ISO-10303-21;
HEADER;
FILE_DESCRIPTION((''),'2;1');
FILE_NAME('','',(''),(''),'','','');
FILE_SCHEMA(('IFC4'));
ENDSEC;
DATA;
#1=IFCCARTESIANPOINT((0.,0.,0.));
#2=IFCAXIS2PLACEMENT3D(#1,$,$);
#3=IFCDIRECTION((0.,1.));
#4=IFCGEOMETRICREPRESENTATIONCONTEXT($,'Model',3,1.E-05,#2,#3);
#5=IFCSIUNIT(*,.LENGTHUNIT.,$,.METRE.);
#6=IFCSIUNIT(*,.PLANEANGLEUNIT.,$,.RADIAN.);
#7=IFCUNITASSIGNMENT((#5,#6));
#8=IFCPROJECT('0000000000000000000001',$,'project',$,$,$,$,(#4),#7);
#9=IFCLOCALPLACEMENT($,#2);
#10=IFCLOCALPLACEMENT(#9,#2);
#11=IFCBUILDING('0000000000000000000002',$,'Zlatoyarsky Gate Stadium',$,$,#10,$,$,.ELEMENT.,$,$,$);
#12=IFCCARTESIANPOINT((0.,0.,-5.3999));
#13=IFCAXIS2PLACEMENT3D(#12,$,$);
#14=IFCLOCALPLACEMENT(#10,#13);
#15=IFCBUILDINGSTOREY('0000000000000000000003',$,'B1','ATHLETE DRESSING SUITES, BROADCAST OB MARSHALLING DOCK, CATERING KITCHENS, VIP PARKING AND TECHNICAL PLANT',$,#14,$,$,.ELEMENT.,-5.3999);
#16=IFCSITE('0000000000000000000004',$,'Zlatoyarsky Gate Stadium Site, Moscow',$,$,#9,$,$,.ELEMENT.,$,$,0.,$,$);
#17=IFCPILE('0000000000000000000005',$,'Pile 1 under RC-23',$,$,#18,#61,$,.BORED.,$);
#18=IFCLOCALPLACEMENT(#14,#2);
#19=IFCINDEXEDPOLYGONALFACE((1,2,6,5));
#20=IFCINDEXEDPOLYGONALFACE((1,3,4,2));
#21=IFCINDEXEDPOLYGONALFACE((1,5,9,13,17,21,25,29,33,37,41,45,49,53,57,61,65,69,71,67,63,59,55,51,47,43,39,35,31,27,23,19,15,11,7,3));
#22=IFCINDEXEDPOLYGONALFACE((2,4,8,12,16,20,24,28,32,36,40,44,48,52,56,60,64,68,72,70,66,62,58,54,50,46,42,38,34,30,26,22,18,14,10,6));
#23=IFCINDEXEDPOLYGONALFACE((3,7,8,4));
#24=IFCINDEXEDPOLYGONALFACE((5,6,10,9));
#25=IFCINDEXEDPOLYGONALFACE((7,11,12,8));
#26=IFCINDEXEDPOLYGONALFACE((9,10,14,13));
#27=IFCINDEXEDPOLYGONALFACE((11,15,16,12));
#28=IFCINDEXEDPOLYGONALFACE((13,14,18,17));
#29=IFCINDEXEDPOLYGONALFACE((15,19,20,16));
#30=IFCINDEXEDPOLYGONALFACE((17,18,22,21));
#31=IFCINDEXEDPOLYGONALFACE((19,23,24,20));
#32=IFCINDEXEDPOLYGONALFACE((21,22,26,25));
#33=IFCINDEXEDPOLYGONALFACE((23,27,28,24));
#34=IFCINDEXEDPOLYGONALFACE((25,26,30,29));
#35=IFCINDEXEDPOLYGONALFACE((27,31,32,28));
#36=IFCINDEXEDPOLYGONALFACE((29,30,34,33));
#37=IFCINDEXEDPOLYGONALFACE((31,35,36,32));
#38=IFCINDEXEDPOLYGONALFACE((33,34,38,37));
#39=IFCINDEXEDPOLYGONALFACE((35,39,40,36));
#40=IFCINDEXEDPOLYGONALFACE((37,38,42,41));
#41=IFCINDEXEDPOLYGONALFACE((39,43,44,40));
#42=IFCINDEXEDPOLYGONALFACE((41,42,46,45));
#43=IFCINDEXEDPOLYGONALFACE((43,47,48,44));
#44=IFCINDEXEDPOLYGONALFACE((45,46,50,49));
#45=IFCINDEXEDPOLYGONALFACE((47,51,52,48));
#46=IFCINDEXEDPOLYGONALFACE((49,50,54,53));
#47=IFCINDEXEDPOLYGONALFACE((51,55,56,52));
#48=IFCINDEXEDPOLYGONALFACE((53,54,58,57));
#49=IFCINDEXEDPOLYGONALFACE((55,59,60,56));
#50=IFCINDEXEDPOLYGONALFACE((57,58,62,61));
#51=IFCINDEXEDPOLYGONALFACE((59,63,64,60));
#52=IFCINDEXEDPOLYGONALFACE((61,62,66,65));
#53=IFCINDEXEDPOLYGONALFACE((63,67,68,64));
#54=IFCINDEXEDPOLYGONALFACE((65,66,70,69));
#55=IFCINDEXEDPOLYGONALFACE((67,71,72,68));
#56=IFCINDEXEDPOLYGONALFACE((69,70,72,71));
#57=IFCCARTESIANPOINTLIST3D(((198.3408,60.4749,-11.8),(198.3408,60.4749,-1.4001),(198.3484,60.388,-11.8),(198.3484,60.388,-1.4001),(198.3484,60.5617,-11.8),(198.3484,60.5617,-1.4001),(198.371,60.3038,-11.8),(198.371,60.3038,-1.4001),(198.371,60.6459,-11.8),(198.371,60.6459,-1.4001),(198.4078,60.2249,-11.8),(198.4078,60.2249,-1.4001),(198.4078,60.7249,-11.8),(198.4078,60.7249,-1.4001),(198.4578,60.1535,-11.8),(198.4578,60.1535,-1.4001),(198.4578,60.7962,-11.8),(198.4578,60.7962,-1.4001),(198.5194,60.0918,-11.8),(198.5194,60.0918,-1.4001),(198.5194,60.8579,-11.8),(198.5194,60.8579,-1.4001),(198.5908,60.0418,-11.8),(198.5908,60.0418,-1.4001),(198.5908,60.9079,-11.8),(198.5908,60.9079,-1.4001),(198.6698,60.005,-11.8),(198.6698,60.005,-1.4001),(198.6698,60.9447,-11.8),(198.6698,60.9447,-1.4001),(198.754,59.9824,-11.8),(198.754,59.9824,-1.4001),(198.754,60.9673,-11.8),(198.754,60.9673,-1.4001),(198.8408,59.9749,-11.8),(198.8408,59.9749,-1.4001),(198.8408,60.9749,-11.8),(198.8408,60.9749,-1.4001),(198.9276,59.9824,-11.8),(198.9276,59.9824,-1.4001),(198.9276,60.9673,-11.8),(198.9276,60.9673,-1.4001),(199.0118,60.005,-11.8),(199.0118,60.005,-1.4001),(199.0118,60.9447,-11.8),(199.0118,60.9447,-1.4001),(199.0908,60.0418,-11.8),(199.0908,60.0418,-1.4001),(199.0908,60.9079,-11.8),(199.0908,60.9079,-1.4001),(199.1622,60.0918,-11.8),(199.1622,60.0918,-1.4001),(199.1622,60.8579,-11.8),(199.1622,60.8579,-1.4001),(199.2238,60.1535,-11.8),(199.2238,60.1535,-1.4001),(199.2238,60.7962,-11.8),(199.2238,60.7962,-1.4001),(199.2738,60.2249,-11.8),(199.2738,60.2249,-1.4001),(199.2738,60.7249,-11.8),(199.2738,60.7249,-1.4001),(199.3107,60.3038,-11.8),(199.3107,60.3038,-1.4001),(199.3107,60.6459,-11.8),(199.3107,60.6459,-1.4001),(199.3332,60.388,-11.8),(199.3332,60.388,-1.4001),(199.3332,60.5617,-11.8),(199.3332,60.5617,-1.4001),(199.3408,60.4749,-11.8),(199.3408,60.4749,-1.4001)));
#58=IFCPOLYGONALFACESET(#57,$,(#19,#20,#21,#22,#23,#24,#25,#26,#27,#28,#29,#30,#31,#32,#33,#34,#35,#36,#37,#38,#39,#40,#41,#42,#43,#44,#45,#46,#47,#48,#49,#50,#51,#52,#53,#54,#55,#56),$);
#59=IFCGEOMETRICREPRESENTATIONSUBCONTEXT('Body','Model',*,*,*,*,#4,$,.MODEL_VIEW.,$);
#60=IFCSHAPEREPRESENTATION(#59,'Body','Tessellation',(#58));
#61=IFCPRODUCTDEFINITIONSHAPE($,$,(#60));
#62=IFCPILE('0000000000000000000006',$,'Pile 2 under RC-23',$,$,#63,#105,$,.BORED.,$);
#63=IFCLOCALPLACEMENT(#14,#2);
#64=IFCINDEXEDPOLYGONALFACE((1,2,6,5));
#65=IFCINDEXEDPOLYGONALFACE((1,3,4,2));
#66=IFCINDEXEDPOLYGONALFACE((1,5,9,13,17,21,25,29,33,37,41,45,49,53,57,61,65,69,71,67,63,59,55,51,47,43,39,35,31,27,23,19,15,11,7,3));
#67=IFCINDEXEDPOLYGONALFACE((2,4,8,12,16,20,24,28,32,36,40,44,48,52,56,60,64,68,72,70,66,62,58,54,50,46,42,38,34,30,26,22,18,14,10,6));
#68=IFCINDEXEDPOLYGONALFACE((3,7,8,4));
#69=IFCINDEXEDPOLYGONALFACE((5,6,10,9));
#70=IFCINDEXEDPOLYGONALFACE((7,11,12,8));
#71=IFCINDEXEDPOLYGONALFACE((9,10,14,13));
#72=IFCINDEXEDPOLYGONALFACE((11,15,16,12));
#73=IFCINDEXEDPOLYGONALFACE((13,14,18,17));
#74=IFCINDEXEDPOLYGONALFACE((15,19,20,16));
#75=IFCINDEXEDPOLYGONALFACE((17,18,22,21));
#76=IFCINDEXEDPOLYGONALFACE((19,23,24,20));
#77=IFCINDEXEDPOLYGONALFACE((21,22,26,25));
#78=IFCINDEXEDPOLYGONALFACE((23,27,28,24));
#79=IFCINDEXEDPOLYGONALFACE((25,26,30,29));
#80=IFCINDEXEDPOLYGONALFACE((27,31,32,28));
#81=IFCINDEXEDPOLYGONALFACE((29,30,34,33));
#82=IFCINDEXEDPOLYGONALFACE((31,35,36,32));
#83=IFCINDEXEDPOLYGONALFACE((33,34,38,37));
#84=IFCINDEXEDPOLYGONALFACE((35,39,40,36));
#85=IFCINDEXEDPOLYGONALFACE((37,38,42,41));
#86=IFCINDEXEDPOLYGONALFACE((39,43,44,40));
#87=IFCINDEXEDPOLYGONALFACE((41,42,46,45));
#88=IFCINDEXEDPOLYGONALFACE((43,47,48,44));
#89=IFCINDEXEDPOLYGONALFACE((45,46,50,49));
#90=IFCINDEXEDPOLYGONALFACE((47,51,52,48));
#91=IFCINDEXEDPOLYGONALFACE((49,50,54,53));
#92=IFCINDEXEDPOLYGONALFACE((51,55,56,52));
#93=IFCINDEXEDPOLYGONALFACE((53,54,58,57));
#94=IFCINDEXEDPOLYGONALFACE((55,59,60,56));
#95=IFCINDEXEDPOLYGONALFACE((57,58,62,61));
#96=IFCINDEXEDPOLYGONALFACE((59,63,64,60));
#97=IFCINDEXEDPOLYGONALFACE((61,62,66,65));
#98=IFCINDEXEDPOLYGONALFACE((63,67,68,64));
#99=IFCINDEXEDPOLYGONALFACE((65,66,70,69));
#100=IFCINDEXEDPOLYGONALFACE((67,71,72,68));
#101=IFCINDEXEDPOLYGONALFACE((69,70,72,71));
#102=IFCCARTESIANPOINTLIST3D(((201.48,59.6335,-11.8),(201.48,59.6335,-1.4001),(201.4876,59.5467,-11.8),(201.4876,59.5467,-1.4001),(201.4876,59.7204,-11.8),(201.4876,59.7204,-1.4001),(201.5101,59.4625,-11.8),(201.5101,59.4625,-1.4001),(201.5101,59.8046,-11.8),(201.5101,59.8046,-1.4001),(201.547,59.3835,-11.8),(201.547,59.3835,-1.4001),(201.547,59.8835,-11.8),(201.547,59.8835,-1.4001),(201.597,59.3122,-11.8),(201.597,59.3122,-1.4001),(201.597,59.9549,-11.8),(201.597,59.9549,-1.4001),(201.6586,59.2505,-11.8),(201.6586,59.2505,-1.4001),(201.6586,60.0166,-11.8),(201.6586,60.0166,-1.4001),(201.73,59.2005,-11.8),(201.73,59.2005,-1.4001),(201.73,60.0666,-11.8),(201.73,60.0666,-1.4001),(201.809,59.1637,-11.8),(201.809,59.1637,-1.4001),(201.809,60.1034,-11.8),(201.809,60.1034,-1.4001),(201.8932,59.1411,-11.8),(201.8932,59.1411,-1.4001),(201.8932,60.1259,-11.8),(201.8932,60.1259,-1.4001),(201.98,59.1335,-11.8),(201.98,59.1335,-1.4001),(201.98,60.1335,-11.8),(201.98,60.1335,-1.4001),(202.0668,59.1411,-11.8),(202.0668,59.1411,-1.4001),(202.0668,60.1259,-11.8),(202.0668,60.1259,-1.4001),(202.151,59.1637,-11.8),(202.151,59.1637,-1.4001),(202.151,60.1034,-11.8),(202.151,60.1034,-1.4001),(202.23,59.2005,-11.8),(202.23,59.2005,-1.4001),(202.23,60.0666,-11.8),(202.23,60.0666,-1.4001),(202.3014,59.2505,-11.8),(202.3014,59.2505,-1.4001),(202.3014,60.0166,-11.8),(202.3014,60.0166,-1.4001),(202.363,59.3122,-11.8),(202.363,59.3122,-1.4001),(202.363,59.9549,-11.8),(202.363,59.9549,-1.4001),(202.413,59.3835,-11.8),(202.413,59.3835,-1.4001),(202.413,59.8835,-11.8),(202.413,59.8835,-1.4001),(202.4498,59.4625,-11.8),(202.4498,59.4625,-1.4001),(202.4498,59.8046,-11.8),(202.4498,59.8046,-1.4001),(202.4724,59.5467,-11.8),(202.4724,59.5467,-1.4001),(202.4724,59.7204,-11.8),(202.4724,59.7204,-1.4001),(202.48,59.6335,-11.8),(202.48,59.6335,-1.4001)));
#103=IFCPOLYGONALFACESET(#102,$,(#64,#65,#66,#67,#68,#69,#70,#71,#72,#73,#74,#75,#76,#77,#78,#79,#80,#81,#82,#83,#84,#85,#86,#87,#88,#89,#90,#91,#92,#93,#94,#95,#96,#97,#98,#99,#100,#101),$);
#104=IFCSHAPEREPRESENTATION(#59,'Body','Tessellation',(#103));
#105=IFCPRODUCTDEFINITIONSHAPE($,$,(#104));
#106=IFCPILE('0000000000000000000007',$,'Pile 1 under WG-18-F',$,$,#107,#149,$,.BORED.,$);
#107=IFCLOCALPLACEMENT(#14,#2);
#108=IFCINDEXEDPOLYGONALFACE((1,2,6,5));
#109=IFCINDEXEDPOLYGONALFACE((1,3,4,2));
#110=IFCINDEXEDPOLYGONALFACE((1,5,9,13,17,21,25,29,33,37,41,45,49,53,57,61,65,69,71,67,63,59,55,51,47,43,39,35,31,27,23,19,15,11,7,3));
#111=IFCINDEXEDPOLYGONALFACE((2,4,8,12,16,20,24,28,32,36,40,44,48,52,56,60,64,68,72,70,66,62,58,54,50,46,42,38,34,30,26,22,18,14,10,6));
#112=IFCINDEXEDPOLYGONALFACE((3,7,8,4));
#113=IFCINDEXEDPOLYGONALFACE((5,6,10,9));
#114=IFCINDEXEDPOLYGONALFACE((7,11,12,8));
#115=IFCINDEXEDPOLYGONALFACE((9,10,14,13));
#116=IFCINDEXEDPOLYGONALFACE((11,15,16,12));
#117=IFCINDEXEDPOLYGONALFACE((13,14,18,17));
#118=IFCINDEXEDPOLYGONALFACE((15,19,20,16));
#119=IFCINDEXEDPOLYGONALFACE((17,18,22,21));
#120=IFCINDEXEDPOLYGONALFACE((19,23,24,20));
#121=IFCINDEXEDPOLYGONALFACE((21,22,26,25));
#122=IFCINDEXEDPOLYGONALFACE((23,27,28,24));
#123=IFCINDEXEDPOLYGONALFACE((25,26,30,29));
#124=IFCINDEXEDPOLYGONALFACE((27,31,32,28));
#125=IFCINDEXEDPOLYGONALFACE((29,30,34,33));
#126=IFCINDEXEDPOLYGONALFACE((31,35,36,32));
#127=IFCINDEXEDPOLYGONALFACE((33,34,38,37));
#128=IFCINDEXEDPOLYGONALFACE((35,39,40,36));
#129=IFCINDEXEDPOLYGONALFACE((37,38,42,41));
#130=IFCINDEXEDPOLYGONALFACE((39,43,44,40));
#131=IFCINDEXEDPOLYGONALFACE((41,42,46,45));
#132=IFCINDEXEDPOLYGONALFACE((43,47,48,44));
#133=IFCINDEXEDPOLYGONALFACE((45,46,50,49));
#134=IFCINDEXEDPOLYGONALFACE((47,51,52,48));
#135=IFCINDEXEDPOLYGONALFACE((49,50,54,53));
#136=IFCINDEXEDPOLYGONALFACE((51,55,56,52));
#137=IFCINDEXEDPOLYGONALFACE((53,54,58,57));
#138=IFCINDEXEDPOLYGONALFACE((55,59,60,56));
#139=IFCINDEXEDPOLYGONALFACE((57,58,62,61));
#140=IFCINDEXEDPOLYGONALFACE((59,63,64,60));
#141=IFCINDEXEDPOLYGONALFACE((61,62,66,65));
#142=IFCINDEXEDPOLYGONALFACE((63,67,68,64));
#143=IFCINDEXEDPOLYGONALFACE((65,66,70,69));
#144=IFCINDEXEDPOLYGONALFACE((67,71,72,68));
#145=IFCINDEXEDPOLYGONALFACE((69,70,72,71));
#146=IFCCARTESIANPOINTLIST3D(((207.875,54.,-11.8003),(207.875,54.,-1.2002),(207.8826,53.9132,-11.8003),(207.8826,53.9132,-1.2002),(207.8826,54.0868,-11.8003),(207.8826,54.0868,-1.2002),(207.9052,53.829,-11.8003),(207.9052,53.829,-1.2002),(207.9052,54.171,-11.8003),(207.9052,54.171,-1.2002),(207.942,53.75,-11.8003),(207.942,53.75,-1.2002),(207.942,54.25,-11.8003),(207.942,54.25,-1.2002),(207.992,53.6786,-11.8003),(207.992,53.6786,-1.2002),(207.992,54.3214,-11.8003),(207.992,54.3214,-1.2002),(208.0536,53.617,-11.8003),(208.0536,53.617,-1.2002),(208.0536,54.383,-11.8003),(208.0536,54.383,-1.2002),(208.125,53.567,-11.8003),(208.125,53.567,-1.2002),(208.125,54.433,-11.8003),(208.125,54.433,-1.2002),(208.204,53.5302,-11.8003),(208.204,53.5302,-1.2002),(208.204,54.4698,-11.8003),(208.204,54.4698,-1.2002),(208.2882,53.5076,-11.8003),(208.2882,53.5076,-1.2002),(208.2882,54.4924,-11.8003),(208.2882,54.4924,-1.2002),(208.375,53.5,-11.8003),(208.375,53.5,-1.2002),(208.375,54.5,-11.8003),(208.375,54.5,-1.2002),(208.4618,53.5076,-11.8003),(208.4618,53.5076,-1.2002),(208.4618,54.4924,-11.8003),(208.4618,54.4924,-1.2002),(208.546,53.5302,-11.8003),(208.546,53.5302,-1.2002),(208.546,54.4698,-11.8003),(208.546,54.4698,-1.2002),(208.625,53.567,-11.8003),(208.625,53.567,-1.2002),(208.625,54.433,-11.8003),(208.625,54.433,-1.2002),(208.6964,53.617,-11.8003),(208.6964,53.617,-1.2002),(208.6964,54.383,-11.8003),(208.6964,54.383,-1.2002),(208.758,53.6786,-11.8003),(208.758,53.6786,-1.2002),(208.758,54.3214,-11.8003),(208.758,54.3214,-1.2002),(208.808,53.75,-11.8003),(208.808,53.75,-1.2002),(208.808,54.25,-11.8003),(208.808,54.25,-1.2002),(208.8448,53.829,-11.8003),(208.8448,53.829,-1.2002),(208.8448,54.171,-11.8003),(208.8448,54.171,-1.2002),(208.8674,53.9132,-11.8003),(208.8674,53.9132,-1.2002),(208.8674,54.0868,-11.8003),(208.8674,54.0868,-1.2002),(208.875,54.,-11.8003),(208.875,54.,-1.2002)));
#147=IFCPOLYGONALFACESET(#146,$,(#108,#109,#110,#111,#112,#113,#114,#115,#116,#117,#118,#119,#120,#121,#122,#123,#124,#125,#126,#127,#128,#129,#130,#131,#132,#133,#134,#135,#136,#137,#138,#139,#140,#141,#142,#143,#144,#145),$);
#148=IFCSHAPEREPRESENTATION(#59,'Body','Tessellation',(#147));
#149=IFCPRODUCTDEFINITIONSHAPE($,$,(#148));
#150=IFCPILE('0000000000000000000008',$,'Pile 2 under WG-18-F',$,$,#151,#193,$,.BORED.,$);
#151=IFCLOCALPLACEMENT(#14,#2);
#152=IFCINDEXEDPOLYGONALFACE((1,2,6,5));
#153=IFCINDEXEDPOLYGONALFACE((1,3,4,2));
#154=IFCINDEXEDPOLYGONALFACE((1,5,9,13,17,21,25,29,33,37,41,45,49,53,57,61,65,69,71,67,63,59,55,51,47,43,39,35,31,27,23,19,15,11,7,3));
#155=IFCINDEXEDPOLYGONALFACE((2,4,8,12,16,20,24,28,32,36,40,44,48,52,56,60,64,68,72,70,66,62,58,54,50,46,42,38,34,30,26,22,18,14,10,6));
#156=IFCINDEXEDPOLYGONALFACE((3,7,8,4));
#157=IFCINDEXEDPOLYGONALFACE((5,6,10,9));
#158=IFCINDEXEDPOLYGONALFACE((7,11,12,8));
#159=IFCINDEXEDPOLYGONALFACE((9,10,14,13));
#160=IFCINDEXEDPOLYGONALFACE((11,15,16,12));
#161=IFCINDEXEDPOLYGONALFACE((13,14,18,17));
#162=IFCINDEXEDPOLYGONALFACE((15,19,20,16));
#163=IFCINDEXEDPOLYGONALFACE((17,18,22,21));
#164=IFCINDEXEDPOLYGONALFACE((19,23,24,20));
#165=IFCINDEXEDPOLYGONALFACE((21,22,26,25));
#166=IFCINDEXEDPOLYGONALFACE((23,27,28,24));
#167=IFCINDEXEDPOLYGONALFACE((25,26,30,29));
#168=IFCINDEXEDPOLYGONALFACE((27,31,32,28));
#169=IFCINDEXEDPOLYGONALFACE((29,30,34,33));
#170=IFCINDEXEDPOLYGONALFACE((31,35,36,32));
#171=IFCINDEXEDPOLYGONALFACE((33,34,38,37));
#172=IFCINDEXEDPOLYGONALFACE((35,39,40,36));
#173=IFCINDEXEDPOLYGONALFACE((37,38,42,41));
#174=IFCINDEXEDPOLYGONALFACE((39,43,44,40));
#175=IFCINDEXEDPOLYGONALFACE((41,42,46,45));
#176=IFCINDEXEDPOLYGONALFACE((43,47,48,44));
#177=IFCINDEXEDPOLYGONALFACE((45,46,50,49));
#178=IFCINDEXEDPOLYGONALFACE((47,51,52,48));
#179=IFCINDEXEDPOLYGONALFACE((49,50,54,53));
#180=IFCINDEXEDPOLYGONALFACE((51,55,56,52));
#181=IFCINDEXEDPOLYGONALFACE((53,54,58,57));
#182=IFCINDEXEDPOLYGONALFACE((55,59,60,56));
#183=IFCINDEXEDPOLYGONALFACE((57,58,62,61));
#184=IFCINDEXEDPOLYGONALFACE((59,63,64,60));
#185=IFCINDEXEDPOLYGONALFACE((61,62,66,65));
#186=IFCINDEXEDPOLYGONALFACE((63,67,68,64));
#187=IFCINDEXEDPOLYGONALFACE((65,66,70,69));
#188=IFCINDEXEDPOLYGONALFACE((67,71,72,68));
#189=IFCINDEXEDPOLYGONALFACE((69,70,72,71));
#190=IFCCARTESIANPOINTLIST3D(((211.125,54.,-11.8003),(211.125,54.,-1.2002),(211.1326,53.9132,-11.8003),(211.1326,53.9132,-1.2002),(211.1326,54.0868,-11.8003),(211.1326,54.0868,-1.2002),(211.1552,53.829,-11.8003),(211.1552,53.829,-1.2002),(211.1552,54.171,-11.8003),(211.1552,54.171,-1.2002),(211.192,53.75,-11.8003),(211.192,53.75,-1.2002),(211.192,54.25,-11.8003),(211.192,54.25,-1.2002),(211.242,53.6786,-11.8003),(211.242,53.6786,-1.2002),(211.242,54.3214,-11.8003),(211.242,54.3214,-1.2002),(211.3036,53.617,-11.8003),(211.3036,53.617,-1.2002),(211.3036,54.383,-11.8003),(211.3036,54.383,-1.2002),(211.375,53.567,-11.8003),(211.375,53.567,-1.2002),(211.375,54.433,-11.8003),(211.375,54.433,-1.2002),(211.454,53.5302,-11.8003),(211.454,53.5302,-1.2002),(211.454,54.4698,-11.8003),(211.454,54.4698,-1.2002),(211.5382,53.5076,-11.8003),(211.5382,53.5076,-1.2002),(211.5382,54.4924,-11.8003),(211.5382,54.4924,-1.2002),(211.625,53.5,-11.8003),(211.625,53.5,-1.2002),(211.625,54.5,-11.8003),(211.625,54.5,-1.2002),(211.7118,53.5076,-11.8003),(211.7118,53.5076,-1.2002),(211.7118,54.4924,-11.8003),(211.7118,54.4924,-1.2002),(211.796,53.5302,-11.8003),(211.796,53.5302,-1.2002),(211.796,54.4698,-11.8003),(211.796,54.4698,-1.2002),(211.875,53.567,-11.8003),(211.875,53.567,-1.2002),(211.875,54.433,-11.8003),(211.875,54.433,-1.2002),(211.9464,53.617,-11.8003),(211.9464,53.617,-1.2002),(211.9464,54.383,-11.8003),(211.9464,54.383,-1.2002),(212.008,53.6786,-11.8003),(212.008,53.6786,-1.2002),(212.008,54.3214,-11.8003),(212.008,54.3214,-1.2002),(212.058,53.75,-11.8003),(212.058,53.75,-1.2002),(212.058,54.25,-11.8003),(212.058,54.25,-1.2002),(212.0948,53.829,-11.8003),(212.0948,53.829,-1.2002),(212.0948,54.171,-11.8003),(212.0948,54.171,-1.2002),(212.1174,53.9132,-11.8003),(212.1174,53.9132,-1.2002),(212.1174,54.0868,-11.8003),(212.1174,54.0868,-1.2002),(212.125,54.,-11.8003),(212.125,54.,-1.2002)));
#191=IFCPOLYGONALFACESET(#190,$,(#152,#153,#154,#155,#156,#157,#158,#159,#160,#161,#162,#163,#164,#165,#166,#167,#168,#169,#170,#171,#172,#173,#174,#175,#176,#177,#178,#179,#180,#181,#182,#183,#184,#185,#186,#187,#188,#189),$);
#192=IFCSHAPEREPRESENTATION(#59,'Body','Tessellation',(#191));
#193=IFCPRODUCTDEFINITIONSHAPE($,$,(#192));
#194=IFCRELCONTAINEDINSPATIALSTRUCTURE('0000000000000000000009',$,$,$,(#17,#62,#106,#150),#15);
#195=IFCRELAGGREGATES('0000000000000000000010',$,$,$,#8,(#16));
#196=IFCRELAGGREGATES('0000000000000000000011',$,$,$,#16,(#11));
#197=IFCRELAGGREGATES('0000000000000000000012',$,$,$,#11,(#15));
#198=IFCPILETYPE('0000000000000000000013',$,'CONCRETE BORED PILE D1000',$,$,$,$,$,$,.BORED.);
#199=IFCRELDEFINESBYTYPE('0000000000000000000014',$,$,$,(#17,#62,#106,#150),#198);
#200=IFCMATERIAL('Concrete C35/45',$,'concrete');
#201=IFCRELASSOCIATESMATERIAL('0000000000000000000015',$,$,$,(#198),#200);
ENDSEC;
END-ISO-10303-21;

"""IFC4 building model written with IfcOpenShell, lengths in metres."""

from ifc_helpers import new_model, si_unit, direction, frame, origin, origin_2d, place, context, subcontext, project, spatial, circle, extrude, material, material_profile, profile_set, type_object, element, save


model = new_model("IFC4")

# Units and contexts
model_context = context("Model", 3, precision=1e-05, world=origin(), true_north=direction((0.0, 1.0)))
body_context = subcontext(model_context, "Body", "Model", "MODEL_VIEW")
ifc_project = project(units=[si_unit("LENGTHUNIT", "METRE"), si_unit("PLANEANGLEUNIT", "RADIAN")], contexts=[model_context])

# Site, building, storey
site_placement = place(None, origin())
site = spatial("IfcSite", under=ifc_project, at=site_placement, Name="Zlatoyarsky Gate Stadium Site, Moscow", CompositionType="ELEMENT", RefElevation=0.0)
building_placement = place(site_placement, origin())
building = spatial("IfcBuilding", under=site, at=building_placement, Name="Zlatoyarsky Gate Stadium", CompositionType="ELEMENT")
storey_placement = place(building_placement, frame((0.0, 0.0, -5.3999)))
storey = spatial("IfcBuildingStorey", under=building, at=storey_placement, Name="B1", Description="ATHLETE DRESSING SUITES, BROADCAST OB MARSHALLING DOCK, CATERING KITCHENS, VIP PARKING AND TECHNICAL PLANT", CompositionType="ELEMENT", Elevation=-5.3999)

# Piles
ifc_material_1 = material(Name="Concrete C35/45", Category="concrete")
ifc_material_profile_1 = material_profile(ifc_material_1, circle(Radius=0.5, at=origin_2d()), Name="BORED PILE D1000")
ifc_profile_set_1 = profile_set([ifc_material_profile_1], Name="Concrete C35/45")
pile_type_1 = type_object("IfcPileType", Name="CONCRETE BORED PILE D1000", PredefinedType="BORED", material=ifc_profile_set_1)
for number, where, z_axis, x_axis, name in (
    (1, (198.8408, 60.4749, -1.4001), (0.0, 0.0, -1.0), (1.0, 0.0, 0.0), "Pile 1 under RC-23"),
    (2, (201.98, 59.6335, -1.4001), (0.0, 0.0, -1.0), (1.0, 0.0, 0.0), "Pile 2 under RC-23"),
):
    element("IfcPile", number, at=place(storey_placement, frame(where, z_axis=z_axis, x_axis=x_axis)), inside=storey, type_object=pile_type_1, Name=name, PredefinedType="BORED", context=body_context, shape_type="SweptSolid", body=[
        extrude(circle(Radius=0.5, at=origin_2d()), origin(), (0.0, 0.0, 1.0), 10.3999),
    ])
for number, where, z_axis, x_axis, name in (
    (3, (208.375, 54.0, -1.2002), (0.0, 0.0, -1.0), (1.0, 0.0, 0.0), "Pile 1 under WG-18-F"),
    (4, (211.625, 54.0, -1.2002), (0.0, 0.0, -1.0), (1.0, 0.0, 0.0), "Pile 2 under WG-18-F"),
):
    element("IfcPile", number, at=place(storey_placement, frame(where, z_axis=z_axis, x_axis=x_axis)), inside=storey, type_object=pile_type_1, Name=name, PredefinedType="BORED", context=body_context, shape_type="SweptSolid", body=[
        extrude(circle(Radius=0.5, at=origin_2d()), origin(), (0.0, 0.0, 1.0), 10.6001),
    ])

save(model, "model.ifc")
